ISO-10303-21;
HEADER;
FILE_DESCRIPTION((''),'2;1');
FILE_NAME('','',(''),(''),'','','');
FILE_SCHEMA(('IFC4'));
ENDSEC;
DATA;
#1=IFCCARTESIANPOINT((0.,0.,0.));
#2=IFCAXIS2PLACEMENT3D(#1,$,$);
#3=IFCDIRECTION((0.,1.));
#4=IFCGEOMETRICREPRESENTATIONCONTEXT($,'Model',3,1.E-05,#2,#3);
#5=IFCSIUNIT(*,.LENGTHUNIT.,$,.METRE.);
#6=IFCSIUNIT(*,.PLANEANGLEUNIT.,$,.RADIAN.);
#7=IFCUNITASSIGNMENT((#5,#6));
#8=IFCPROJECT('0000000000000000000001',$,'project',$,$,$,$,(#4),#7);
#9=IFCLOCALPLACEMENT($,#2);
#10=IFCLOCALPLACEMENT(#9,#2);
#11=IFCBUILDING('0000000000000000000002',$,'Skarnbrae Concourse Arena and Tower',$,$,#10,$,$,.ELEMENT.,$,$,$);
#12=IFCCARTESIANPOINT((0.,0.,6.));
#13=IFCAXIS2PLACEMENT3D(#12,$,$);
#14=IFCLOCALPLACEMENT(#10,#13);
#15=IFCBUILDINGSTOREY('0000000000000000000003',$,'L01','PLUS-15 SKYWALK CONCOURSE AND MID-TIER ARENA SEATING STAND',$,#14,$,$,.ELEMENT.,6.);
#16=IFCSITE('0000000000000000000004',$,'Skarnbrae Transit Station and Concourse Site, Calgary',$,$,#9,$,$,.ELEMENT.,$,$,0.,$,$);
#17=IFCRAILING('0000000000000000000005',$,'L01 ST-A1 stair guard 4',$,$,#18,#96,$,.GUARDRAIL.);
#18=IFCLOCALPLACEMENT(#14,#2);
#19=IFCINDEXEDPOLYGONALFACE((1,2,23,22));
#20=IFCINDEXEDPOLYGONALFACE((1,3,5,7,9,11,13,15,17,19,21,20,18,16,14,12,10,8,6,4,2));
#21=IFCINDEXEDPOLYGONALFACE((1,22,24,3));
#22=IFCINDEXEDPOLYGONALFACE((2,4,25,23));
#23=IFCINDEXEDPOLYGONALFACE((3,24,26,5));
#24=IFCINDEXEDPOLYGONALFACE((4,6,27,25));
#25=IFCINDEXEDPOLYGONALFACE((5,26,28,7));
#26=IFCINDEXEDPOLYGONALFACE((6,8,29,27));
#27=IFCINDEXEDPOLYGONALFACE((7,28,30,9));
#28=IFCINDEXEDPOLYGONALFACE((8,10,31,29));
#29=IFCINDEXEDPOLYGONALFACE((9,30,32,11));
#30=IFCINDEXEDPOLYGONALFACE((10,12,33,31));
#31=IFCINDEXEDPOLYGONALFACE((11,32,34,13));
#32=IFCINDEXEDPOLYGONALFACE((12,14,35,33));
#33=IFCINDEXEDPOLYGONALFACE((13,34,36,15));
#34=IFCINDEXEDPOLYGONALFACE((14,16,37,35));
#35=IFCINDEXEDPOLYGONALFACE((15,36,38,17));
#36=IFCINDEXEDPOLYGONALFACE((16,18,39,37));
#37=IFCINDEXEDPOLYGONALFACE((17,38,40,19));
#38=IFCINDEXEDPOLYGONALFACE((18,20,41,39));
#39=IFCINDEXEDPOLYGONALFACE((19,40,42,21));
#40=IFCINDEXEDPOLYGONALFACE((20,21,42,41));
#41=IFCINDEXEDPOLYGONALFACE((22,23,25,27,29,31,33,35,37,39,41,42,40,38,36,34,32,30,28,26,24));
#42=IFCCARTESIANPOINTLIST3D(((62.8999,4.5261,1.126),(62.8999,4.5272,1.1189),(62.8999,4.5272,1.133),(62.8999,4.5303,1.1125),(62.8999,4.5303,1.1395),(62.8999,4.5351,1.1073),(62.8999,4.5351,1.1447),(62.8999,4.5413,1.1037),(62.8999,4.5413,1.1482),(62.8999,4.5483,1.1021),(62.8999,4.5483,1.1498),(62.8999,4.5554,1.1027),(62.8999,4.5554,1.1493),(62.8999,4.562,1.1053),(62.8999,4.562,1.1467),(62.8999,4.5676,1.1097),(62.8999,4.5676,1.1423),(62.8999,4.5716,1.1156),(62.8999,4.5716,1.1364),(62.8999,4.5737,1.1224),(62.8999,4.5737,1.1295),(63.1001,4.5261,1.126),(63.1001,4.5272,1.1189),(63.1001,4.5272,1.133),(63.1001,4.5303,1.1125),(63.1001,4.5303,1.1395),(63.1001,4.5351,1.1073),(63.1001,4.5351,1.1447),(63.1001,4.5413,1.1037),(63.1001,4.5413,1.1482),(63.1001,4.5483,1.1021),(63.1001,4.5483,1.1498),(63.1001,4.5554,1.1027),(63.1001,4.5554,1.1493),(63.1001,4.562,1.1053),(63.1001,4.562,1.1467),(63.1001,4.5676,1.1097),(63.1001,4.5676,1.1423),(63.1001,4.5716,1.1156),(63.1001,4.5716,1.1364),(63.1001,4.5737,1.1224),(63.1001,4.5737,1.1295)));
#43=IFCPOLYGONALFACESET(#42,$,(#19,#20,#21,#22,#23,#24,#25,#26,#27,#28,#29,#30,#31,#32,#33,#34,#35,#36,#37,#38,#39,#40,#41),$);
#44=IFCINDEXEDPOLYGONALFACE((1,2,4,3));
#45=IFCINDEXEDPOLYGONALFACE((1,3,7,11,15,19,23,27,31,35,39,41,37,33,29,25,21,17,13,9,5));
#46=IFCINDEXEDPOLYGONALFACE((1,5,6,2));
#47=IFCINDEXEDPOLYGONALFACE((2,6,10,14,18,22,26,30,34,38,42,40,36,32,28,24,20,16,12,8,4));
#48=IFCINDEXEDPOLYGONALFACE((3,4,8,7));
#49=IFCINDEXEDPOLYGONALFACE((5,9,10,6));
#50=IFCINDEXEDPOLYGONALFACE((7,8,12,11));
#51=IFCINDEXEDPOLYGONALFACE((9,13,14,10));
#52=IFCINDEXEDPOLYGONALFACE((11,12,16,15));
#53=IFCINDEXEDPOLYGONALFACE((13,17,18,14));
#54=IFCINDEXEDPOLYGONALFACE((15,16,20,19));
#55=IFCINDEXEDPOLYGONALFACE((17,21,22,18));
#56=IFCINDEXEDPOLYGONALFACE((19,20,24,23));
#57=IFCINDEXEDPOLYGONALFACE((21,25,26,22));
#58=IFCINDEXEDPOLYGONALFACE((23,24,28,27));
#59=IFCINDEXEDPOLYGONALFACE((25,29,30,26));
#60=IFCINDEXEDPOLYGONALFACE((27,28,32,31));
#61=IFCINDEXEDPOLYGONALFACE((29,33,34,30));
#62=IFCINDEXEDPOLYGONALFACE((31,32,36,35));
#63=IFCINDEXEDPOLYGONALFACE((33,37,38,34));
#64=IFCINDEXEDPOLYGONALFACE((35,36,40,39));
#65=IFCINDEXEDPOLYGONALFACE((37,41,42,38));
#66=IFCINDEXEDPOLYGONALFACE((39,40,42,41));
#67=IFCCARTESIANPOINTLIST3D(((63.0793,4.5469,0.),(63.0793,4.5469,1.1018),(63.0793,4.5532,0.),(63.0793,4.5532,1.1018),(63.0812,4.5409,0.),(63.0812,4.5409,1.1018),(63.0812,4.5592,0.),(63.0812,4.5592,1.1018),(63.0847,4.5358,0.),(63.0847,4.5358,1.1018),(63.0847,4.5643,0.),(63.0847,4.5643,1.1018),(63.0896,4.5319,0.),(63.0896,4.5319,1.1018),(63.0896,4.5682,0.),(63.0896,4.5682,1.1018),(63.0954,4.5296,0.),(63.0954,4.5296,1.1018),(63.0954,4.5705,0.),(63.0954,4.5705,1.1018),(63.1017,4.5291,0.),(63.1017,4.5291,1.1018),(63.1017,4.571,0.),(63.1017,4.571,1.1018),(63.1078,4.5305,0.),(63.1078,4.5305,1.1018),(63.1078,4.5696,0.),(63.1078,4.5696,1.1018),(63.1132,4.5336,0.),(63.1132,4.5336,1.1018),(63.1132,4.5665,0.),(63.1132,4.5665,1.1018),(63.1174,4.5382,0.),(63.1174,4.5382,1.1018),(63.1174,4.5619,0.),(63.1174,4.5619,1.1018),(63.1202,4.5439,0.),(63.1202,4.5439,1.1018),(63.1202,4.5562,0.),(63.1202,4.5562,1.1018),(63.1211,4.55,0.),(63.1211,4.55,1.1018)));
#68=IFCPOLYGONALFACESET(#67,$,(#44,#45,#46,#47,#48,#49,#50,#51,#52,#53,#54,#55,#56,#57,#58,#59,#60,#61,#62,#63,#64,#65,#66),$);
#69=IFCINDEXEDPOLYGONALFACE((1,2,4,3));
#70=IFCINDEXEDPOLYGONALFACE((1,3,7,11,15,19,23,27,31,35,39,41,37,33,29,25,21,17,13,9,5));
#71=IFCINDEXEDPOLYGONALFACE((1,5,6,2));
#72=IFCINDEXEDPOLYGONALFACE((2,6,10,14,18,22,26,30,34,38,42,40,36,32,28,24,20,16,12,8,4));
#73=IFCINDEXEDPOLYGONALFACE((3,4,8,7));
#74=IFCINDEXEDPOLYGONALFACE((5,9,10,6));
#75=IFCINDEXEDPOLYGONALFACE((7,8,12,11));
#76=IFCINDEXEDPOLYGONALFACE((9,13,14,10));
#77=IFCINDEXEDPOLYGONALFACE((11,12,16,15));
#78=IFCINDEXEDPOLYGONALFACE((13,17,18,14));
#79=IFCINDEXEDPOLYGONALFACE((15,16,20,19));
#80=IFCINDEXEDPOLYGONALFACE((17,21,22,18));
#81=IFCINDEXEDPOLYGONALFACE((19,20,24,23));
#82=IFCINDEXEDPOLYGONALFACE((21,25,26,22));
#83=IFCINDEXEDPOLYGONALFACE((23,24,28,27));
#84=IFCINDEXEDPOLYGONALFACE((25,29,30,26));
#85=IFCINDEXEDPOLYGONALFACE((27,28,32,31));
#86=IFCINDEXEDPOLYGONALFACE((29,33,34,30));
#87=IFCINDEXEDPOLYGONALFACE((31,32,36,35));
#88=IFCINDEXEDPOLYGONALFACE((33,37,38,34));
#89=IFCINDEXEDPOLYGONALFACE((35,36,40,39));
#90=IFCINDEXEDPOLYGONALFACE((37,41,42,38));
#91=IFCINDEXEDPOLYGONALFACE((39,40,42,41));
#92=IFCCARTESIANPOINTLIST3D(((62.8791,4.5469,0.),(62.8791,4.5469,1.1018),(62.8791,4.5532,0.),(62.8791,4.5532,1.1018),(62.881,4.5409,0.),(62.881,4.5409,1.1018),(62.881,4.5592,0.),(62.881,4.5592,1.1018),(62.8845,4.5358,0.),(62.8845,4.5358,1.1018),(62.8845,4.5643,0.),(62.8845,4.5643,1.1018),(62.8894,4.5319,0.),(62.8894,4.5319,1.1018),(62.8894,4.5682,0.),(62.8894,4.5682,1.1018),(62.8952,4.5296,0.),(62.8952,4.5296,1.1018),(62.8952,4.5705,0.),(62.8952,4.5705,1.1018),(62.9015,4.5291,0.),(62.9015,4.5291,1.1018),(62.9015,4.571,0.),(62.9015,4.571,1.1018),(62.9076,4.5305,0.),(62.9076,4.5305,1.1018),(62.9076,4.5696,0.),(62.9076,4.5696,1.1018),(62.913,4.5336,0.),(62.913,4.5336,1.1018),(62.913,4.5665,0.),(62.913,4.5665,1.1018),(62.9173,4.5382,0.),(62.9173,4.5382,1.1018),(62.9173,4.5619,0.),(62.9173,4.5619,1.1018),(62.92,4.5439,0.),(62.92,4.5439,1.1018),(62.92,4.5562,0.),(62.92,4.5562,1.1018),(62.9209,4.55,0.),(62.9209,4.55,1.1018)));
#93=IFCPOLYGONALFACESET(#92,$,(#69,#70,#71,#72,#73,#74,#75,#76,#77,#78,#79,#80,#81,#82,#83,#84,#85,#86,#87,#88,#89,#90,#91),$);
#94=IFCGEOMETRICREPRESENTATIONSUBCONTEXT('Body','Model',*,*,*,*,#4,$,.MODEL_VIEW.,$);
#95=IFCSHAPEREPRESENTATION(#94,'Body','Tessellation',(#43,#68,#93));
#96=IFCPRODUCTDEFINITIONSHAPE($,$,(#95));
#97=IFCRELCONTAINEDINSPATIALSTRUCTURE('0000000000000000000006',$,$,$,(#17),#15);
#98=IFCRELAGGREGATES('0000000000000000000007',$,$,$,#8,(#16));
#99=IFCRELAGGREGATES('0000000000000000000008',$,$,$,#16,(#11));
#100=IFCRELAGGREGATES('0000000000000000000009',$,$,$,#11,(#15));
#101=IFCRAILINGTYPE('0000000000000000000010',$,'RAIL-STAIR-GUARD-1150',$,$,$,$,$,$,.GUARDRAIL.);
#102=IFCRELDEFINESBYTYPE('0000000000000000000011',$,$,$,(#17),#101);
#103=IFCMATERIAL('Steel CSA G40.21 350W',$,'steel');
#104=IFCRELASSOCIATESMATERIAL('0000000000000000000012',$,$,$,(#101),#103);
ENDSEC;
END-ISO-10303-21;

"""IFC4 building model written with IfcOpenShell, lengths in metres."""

from ifc_helpers import new_model, si_unit, direction, frame, origin, origin_2d, place, context, subcontext, project, spatial, circle, extrude, material, type_object, element, save


model = new_model("IFC4")

# Units and contexts
model_context = context("Model", 3, precision=1e-05, world=origin(), true_north=direction((0.0, 1.0)))
body_context = subcontext(model_context, "Body", "Model", "MODEL_VIEW")
ifc_project = project(units=[si_unit("LENGTHUNIT", "METRE"), si_unit("PLANEANGLEUNIT", "RADIAN")], contexts=[model_context])

# Site, building, storey
site_placement = place(None, origin())
site = spatial("IfcSite", under=ifc_project, at=site_placement, Name="Skarnbrae Transit Station and Concourse Site, Calgary", CompositionType="ELEMENT", RefElevation=0.0)
building_placement = place(site_placement, origin())
building = spatial("IfcBuilding", under=site, at=building_placement, Name="Skarnbrae Concourse Arena and Tower", CompositionType="ELEMENT")
storey_placement = place(building_placement, frame((0.0, 0.0, 6.0)))
storey = spatial("IfcBuildingStorey", under=building, at=storey_placement, Name="L01", Description="PLUS-15 SKYWALK CONCOURSE AND MID-TIER ARENA SEATING STAND", CompositionType="ELEMENT", Elevation=6.0)

# Shared definitions
ifc_material_1 = material(Name="Steel CSA G40.21 350W", Category="steel")

# Railing
railing_type_1 = type_object("IfcRailingType", Name="RAIL-STAIR-GUARD-1150", PredefinedType="GUARDRAIL", material=ifc_material_1)
railing_1_placement = place(storey_placement, frame((63.1001, 4.55, 0.0)))
element("IfcRailing", 1, at=railing_1_placement, inside=storey, type_object=railing_type_1, Name="L01 ST-A1 stair guard 4", PredefinedType="GUARDRAIL", context=body_context, shape_type="SweptSolid", body=[
    extrude(circle(Radius=0.0239, at=origin_2d()), frame((0.0, 0.0, 1.126), z_axis=(-1.0, 0.0, 0.0), x_axis=(0.0, -1.0, 0.0)), (0.0, 0.0, 1.0), 0.2002),
    extrude(circle(Radius=0.021, at=origin_2d()), origin(), (0.0, 0.0, 1.0), 1.1018),
    extrude(circle(Radius=0.021, at=origin_2d()), frame((-0.2002, 0.0, 0.0)), (0.0, 0.0, 1.0), 1.1018),
])

save(model, "model.ifc")
